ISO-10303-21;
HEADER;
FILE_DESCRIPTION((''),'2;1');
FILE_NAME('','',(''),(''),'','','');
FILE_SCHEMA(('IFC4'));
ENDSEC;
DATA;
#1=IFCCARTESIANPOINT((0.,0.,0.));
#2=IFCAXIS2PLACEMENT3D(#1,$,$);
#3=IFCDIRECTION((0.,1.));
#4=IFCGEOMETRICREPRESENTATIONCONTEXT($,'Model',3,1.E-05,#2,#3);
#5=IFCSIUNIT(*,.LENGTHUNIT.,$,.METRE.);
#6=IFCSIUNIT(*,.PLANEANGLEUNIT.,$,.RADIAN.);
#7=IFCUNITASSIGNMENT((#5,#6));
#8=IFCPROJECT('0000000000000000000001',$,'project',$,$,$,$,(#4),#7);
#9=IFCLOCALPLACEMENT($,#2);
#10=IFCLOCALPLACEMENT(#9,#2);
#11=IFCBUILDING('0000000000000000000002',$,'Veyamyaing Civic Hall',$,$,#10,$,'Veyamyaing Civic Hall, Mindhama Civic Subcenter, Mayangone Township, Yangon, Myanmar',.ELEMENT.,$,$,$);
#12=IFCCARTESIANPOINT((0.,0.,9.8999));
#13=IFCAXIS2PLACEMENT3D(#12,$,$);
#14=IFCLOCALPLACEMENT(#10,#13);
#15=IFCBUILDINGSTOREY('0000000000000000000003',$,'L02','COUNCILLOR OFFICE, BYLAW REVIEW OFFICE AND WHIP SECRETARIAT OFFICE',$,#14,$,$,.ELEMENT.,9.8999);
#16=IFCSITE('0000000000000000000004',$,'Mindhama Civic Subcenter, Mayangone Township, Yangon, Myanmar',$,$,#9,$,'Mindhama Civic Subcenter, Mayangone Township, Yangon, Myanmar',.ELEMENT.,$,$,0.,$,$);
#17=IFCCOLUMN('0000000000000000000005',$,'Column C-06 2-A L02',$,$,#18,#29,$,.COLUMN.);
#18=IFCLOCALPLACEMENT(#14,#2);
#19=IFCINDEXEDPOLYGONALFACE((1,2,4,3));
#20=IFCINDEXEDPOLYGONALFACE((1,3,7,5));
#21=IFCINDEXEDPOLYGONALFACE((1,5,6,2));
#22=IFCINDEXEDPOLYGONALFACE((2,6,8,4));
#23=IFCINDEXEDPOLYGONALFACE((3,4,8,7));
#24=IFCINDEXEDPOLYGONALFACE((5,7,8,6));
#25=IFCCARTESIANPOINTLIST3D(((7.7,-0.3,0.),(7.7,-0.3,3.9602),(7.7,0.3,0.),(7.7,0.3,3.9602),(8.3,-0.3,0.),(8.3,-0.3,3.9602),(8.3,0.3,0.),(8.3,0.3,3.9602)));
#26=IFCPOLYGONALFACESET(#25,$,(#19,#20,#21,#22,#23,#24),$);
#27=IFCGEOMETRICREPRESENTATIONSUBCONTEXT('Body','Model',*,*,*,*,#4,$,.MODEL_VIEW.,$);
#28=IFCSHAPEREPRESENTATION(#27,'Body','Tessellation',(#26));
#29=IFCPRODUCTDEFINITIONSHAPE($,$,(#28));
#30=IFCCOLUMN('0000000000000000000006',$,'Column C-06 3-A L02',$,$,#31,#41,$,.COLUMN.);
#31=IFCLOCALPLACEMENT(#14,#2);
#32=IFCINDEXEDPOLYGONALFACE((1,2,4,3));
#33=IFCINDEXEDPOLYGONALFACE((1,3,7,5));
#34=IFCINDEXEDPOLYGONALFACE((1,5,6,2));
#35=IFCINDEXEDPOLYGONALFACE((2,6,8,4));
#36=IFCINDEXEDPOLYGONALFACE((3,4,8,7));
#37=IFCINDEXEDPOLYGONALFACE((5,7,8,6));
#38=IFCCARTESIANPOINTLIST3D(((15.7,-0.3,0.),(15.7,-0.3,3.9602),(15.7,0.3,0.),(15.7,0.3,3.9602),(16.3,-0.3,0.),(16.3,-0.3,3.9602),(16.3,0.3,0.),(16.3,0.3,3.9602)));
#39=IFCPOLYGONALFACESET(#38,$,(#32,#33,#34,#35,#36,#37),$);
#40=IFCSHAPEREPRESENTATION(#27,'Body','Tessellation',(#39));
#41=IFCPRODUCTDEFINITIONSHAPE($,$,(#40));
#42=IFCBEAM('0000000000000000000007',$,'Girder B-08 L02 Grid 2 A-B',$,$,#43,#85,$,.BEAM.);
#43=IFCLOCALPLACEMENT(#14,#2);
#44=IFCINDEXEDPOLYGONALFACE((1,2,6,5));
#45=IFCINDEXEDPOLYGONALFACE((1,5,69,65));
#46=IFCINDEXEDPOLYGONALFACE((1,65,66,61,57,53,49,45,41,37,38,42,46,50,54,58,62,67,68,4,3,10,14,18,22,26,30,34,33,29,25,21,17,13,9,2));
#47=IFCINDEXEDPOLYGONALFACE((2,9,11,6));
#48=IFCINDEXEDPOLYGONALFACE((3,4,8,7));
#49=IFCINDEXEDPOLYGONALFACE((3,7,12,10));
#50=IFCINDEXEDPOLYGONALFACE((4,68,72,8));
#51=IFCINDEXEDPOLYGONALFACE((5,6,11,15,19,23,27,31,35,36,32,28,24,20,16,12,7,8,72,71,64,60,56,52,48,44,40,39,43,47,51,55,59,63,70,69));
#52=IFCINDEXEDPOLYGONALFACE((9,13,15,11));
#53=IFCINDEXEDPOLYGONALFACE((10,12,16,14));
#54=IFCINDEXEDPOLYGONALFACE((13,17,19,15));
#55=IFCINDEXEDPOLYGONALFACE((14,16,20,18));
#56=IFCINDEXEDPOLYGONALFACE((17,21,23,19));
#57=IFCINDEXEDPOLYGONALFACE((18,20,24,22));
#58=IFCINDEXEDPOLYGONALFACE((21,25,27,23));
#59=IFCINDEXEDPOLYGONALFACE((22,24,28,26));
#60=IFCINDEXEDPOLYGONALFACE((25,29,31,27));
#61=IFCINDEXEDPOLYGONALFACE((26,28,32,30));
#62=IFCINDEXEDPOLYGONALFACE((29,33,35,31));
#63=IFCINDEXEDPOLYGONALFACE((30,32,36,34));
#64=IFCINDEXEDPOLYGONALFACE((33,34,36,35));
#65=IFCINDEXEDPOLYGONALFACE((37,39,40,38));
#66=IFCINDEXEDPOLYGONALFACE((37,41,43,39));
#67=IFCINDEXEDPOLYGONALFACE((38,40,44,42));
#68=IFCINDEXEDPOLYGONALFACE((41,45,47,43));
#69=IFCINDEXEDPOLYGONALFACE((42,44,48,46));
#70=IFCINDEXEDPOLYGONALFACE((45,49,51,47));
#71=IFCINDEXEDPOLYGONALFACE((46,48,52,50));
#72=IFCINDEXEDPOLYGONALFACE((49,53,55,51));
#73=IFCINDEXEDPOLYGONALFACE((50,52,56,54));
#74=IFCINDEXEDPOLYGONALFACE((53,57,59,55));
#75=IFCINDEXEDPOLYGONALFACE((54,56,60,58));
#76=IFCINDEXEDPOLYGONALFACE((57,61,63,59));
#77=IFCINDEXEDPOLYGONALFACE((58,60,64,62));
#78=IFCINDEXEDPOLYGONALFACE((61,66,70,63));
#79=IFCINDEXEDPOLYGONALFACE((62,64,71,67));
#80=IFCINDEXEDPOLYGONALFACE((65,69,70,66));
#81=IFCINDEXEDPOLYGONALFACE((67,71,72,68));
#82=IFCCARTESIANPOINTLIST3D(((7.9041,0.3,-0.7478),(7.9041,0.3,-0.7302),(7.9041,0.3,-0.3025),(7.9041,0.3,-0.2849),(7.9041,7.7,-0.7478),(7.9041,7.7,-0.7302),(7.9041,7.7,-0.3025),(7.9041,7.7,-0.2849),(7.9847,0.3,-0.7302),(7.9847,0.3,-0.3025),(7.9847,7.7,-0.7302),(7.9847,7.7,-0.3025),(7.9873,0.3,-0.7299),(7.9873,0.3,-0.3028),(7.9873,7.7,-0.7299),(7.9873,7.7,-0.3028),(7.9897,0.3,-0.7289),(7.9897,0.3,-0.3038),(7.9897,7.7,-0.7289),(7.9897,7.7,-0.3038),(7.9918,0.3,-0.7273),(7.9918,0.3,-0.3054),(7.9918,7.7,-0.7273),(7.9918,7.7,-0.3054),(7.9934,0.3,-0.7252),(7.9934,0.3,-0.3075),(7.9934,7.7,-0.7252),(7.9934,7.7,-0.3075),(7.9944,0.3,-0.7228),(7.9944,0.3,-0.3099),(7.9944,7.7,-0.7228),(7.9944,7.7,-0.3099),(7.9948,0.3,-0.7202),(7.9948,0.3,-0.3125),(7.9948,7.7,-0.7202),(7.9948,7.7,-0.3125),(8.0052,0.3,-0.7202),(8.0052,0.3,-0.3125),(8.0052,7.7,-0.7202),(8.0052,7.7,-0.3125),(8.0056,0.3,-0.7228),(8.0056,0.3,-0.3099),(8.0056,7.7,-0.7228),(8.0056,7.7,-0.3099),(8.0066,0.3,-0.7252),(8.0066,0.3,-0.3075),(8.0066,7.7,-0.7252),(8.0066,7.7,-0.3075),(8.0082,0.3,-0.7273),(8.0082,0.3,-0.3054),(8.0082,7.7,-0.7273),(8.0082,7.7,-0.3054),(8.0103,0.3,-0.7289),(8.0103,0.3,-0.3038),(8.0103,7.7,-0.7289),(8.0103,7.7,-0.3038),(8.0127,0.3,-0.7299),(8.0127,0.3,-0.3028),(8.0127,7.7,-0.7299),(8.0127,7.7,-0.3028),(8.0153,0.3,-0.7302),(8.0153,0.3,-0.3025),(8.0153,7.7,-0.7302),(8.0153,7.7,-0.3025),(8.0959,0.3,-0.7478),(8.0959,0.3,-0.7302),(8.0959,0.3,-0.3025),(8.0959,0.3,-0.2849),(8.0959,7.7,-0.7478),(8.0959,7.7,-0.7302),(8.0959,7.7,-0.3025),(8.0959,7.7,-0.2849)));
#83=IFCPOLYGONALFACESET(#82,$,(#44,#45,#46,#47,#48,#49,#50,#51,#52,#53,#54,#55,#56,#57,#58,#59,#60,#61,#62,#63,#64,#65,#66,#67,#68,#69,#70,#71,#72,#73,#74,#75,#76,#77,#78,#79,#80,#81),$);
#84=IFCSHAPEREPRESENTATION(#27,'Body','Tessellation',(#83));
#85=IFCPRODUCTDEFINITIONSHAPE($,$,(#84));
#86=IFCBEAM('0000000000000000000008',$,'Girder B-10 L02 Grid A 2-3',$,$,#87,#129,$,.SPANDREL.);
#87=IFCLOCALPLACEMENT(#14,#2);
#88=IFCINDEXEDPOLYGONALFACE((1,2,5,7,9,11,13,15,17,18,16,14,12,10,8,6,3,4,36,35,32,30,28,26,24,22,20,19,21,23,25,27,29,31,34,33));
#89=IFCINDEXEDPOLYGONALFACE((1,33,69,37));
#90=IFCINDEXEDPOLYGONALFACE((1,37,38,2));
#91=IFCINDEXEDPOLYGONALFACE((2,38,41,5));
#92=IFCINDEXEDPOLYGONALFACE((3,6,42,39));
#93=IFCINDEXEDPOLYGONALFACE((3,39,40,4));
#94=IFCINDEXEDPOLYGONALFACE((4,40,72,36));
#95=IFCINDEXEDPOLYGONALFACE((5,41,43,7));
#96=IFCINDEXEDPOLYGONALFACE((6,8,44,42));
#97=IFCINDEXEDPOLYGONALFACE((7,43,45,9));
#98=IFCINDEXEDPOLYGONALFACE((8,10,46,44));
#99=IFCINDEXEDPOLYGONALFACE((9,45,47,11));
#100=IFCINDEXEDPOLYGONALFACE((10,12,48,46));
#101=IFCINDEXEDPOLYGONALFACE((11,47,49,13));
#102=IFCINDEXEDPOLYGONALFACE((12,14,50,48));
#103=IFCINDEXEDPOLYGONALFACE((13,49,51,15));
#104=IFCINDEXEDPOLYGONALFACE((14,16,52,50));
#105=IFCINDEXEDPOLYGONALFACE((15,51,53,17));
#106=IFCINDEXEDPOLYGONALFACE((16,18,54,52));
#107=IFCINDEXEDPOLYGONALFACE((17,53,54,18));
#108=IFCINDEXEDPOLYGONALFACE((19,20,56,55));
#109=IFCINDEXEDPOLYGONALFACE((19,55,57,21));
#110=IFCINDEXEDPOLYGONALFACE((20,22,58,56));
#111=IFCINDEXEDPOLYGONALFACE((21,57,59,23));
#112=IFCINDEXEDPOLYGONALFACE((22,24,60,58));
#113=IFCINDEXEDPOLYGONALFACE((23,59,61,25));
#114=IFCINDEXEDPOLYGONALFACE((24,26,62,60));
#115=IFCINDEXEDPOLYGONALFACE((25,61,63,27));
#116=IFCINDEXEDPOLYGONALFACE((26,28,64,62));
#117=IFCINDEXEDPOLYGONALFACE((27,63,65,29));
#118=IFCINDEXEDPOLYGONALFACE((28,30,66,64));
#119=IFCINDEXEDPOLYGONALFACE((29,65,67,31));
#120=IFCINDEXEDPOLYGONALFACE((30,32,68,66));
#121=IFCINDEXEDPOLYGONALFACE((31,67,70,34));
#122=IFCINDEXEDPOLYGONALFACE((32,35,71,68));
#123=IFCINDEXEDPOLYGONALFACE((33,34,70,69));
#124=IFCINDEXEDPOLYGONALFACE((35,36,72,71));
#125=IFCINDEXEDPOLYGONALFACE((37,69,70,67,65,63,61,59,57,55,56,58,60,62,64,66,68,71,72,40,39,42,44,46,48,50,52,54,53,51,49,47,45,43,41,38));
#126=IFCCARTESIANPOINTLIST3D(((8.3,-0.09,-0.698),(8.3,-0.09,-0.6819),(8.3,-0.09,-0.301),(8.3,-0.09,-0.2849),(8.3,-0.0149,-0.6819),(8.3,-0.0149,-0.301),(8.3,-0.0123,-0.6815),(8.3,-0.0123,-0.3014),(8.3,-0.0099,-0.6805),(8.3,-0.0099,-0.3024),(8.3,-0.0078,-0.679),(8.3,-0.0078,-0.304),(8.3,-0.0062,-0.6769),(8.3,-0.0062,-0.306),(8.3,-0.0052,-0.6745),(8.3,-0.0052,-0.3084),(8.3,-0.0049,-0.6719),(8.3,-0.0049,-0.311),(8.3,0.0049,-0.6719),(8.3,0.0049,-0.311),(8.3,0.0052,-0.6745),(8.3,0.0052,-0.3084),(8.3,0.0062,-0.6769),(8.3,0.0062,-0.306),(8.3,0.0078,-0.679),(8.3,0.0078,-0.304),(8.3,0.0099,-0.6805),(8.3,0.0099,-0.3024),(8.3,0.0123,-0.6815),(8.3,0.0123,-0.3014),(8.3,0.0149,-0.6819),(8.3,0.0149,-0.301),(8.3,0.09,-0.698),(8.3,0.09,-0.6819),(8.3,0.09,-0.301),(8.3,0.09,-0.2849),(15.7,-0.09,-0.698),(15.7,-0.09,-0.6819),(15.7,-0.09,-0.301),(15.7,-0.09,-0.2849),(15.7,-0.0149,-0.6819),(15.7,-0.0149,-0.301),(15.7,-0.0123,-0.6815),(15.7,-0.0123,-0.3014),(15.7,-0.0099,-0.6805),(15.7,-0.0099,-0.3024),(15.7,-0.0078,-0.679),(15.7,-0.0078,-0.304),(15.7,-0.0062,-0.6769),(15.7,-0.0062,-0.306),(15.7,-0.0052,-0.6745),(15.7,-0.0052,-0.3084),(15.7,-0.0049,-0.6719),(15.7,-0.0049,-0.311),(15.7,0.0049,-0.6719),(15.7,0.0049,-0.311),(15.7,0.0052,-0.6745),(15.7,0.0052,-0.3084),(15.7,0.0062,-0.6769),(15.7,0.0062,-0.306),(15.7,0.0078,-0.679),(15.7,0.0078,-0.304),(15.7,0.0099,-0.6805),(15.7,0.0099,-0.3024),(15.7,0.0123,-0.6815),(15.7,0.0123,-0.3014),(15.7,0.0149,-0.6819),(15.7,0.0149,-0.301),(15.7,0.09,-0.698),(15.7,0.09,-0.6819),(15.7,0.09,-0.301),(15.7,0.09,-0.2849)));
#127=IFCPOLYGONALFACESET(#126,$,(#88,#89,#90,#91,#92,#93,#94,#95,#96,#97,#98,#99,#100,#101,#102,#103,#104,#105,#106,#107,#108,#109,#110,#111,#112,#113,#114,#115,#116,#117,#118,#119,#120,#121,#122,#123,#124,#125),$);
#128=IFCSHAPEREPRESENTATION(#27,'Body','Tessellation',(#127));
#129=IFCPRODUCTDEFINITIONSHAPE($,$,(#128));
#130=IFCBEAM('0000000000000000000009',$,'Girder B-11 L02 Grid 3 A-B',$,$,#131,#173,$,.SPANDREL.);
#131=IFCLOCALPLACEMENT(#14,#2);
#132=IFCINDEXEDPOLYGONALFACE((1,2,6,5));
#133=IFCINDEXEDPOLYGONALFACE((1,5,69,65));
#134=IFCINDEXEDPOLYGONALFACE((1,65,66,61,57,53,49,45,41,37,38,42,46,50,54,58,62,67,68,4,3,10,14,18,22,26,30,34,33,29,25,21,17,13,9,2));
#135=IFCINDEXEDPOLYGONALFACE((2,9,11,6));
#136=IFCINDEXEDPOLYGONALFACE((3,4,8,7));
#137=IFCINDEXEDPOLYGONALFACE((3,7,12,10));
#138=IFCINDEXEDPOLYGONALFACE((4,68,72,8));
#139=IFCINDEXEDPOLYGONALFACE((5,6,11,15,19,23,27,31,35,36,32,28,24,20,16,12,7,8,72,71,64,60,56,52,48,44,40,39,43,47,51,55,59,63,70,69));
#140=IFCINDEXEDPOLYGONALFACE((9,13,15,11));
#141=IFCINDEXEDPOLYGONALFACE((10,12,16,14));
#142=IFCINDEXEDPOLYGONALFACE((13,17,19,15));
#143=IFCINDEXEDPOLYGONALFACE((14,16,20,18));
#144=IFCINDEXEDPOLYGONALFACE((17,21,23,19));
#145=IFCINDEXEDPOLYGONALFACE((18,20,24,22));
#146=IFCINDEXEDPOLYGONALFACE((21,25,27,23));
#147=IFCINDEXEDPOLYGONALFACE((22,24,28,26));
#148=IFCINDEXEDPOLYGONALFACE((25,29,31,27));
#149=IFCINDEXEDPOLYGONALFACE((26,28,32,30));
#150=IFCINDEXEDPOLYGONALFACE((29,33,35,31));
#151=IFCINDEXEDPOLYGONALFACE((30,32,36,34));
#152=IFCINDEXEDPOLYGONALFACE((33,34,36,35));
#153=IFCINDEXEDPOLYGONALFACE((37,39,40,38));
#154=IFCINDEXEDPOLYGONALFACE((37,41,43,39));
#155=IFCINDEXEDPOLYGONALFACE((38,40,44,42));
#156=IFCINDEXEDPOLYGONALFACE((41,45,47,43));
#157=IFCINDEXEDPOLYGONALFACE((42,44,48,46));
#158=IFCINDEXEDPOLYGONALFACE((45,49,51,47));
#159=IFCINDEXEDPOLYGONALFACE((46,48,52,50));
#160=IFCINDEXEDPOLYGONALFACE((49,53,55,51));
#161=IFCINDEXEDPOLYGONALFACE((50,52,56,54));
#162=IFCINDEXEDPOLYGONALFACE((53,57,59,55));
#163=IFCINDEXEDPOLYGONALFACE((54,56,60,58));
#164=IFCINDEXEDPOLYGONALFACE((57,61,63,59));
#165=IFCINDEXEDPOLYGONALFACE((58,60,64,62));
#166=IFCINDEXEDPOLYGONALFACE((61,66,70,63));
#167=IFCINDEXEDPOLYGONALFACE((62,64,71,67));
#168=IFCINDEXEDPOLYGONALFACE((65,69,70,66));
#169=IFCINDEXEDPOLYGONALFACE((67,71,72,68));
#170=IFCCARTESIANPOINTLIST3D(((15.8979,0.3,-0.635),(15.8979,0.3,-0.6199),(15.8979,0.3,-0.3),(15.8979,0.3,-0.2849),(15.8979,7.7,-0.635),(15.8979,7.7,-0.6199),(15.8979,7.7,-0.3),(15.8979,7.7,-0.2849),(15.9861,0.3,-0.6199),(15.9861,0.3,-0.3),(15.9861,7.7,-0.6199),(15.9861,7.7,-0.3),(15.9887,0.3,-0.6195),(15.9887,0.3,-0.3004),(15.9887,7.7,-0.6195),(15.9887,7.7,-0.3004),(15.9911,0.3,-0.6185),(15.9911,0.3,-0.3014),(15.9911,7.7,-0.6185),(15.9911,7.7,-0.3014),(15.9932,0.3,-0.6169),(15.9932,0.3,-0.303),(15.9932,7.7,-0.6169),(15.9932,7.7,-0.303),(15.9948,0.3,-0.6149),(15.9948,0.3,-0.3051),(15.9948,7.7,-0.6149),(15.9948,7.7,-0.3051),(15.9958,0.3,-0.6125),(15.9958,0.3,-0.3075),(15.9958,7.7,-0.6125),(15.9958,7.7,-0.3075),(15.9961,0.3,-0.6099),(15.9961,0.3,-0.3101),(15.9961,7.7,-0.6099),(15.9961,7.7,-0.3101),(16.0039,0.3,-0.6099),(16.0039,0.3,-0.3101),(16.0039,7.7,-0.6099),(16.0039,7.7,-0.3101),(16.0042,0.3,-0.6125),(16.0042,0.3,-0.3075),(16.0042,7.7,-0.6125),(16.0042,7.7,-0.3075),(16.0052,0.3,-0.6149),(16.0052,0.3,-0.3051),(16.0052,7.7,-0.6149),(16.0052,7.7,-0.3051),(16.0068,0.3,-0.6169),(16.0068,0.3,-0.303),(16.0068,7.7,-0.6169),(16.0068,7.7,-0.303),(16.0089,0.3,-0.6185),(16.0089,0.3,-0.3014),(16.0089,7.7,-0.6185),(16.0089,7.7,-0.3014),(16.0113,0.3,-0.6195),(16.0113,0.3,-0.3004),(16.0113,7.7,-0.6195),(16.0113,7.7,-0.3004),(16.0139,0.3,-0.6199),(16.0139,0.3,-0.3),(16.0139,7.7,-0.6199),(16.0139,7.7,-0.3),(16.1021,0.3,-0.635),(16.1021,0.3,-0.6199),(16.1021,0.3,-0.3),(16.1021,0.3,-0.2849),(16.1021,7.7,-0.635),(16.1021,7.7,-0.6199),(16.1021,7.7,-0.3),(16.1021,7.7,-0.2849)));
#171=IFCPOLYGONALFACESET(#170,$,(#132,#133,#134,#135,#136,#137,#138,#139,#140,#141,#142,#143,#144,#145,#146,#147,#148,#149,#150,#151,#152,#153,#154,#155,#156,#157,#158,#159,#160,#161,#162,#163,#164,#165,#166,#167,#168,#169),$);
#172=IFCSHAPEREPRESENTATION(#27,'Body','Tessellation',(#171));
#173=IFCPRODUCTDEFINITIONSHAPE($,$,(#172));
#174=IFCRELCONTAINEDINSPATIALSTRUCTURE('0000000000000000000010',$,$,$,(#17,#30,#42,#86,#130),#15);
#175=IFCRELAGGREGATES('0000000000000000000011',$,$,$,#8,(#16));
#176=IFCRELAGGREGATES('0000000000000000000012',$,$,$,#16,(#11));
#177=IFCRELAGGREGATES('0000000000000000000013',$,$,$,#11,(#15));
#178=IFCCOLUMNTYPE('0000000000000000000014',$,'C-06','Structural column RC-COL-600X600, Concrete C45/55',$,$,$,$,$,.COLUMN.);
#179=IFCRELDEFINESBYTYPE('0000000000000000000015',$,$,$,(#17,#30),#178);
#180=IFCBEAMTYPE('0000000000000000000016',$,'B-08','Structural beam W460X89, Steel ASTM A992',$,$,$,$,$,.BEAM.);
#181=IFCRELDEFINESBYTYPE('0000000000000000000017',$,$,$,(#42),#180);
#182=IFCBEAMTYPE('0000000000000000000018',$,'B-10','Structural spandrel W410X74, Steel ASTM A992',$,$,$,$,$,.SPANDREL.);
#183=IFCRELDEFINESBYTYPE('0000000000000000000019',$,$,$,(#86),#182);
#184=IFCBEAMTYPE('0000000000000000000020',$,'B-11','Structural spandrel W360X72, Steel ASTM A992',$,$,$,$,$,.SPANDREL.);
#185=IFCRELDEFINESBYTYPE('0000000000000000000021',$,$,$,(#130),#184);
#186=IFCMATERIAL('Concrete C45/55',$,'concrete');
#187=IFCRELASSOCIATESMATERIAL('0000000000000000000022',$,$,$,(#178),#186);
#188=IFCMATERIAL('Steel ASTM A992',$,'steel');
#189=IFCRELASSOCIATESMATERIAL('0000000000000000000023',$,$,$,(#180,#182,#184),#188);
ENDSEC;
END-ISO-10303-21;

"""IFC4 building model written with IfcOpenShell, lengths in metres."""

from ifc_helpers import new_model, si_unit, direction, frame, origin, origin_2d, place, context, subcontext, project, spatial, rectangle, i_section, extrude, material, material_profile, profile_set, type_object, element, save


model = new_model("IFC4")

# Units and contexts
model_context = context("Model", 3, precision=1e-05, world=origin(), true_north=direction((0.0, 1.0)))
body_context = subcontext(model_context, "Body", "Model", "MODEL_VIEW")
ifc_project = project(units=[si_unit("LENGTHUNIT", "METRE"), si_unit("PLANEANGLEUNIT", "RADIAN")], contexts=[model_context])

# Site, building, storey
site_placement = place(None, origin())
site = spatial("IfcSite", under=ifc_project, at=site_placement, Name="Mindhama Civic Subcenter, Mayangone Township, Yangon, Myanmar", LongName="Mindhama Civic Subcenter, Mayangone Township, Yangon, Myanmar", CompositionType="ELEMENT", RefElevation=0.0)
building_placement = place(site_placement, origin())
building = spatial("IfcBuilding", under=site, at=building_placement, Name="Veyamyaing Civic Hall", LongName="Veyamyaing Civic Hall, Mindhama Civic Subcenter, Mayangone Township, Yangon, Myanmar", CompositionType="ELEMENT")
storey_placement = place(building_placement, frame((0.0, 0.0, 9.8999)))
storey = spatial("IfcBuildingStorey", under=building, at=storey_placement, Name="L02", Description="COUNCILLOR OFFICE, BYLAW REVIEW OFFICE AND WHIP SECRETARIAT OFFICE", CompositionType="ELEMENT", Elevation=9.8999)

# Columns
ifc_material_1 = material(Name="Concrete C45/55", Category="concrete")
ifc_material_profile_1 = material_profile(ifc_material_1, rectangle(XDim=0.6001, YDim=0.6001, at=origin_2d()), Name="RC-COL-600X600")
ifc_profile_set_1 = profile_set([ifc_material_profile_1], Name="Concrete C45/55")
column_type = type_object("IfcColumnType", Name="C-06", Description="Structural column RC-COL-600X600, Concrete C45/55", PredefinedType="COLUMN", material=ifc_profile_set_1)
for number, where, z_axis, x_axis, name in (
    (1, (8.0, 0.0, 0.0), (0.0, 0.0, 1.0), (1.0, 0.0, 0.0), "Column C-06 2-A L02"),
    (2, (16.0, 0.0, 0.0), (0.0, 0.0, 1.0), (1.0, 0.0, 0.0), "Column C-06 3-A L02"),
):
    element("IfcColumn", number, at=place(storey_placement, frame(where, z_axis=z_axis, x_axis=x_axis)), inside=storey, type_object=column_type, Name=name, PredefinedType="COLUMN", context=body_context, shape_type="SweptSolid", body=[
        extrude(rectangle(XDim=0.6001, YDim=0.6001, at=origin_2d()), origin(), (0.0, 0.0, 1.0), 3.9602),
    ])

# Beams
ifc_material_2 = material(Name="Steel ASTM A992", Category="steel")
ifc_material_profile_2 = material_profile(ifc_material_2, i_section(OverallWidth=0.1919, OverallDepth=0.4629, WebThickness=0.0105, FlangeThickness=0.0176, FilletRadius=0.01, at=origin_2d()), Name="W460X89")
ifc_profile_set_2 = profile_set([ifc_material_profile_2], Name="Steel ASTM A992")
beam_type_1 = type_object("IfcBeamType", Name="B-08", Description="Structural beam W460X89, Steel ASTM A992", PredefinedType="BEAM", material=ifc_profile_set_2)
beam_1_placement = place(storey_placement, frame((8.0, 0.3, -0.5164), z_axis=(0.0, 1.0, 0.0), x_axis=(-1.0, 0.0, 0.0)))
element("IfcBeam", 3, at=beam_1_placement, inside=storey, type_object=beam_type_1, Name="Girder B-08 L02 Grid 2 A-B", PredefinedType="BEAM", context=body_context, shape_type="SweptSolid", body=[
    extrude(i_section(OverallWidth=0.1919, OverallDepth=0.4629, WebThickness=0.0105, FlangeThickness=0.0176, FilletRadius=0.01, at=origin_2d()), origin(), (0.0, 0.0, 1.0), 7.3999),
])
ifc_material_profile_3 = material_profile(ifc_material_2, i_section(OverallWidth=0.1799, OverallDepth=0.4131, WebThickness=0.0098, FlangeThickness=0.0161, FilletRadius=0.01, at=origin_2d()), Name="W410X74")
ifc_profile_set_3 = profile_set([ifc_material_profile_3], Name="Steel ASTM A992")
beam_type_2 = type_object("IfcBeamType", Name="B-10", Description="Structural spandrel W410X74, Steel ASTM A992", PredefinedType="SPANDREL", material=ifc_profile_set_3)
beam_2_placement = place(storey_placement, frame((8.3, 0.0, -0.4915), z_axis=(1.0, 0.0, 0.0), x_axis=(0.0, 1.0, 0.0)))
element("IfcBeam", 4, at=beam_2_placement, inside=storey, type_object=beam_type_2, Name="Girder B-10 L02 Grid A 2-3", PredefinedType="SPANDREL", context=body_context, shape_type="SweptSolid", body=[
    extrude(i_section(OverallWidth=0.1799, OverallDepth=0.4131, WebThickness=0.0098, FlangeThickness=0.0161, FilletRadius=0.01, at=origin_2d()), origin(), (0.0, 0.0, 1.0), 7.3999),
])
ifc_material_profile_4 = material_profile(ifc_material_2, i_section(OverallWidth=0.2041, OverallDepth=0.3501, WebThickness=0.0078, FlangeThickness=0.0151, FilletRadius=0.01, at=origin_2d()), Name="W360X72")
ifc_profile_set_4 = profile_set([ifc_material_profile_4], Name="Steel ASTM A992")
beam_type_3 = type_object("IfcBeamType", Name="B-11", Description="Structural spandrel W360X72, Steel ASTM A992", PredefinedType="SPANDREL", material=ifc_profile_set_4)
beam_3_placement = place(storey_placement, frame((16.0, 0.3, -0.46), z_axis=(0.0, 1.0, 0.0), x_axis=(-1.0, 0.0, 0.0)))
element("IfcBeam", 5, at=beam_3_placement, inside=storey, type_object=beam_type_3, Name="Girder B-11 L02 Grid 3 A-B", PredefinedType="SPANDREL", context=body_context, shape_type="SweptSolid", body=[
    extrude(i_section(OverallWidth=0.2041, OverallDepth=0.3501, WebThickness=0.0078, FlangeThickness=0.0151, FilletRadius=0.01, at=origin_2d()), origin(), (0.0, 0.0, 1.0), 7.3999),
])

save(model, "model.ifc")
